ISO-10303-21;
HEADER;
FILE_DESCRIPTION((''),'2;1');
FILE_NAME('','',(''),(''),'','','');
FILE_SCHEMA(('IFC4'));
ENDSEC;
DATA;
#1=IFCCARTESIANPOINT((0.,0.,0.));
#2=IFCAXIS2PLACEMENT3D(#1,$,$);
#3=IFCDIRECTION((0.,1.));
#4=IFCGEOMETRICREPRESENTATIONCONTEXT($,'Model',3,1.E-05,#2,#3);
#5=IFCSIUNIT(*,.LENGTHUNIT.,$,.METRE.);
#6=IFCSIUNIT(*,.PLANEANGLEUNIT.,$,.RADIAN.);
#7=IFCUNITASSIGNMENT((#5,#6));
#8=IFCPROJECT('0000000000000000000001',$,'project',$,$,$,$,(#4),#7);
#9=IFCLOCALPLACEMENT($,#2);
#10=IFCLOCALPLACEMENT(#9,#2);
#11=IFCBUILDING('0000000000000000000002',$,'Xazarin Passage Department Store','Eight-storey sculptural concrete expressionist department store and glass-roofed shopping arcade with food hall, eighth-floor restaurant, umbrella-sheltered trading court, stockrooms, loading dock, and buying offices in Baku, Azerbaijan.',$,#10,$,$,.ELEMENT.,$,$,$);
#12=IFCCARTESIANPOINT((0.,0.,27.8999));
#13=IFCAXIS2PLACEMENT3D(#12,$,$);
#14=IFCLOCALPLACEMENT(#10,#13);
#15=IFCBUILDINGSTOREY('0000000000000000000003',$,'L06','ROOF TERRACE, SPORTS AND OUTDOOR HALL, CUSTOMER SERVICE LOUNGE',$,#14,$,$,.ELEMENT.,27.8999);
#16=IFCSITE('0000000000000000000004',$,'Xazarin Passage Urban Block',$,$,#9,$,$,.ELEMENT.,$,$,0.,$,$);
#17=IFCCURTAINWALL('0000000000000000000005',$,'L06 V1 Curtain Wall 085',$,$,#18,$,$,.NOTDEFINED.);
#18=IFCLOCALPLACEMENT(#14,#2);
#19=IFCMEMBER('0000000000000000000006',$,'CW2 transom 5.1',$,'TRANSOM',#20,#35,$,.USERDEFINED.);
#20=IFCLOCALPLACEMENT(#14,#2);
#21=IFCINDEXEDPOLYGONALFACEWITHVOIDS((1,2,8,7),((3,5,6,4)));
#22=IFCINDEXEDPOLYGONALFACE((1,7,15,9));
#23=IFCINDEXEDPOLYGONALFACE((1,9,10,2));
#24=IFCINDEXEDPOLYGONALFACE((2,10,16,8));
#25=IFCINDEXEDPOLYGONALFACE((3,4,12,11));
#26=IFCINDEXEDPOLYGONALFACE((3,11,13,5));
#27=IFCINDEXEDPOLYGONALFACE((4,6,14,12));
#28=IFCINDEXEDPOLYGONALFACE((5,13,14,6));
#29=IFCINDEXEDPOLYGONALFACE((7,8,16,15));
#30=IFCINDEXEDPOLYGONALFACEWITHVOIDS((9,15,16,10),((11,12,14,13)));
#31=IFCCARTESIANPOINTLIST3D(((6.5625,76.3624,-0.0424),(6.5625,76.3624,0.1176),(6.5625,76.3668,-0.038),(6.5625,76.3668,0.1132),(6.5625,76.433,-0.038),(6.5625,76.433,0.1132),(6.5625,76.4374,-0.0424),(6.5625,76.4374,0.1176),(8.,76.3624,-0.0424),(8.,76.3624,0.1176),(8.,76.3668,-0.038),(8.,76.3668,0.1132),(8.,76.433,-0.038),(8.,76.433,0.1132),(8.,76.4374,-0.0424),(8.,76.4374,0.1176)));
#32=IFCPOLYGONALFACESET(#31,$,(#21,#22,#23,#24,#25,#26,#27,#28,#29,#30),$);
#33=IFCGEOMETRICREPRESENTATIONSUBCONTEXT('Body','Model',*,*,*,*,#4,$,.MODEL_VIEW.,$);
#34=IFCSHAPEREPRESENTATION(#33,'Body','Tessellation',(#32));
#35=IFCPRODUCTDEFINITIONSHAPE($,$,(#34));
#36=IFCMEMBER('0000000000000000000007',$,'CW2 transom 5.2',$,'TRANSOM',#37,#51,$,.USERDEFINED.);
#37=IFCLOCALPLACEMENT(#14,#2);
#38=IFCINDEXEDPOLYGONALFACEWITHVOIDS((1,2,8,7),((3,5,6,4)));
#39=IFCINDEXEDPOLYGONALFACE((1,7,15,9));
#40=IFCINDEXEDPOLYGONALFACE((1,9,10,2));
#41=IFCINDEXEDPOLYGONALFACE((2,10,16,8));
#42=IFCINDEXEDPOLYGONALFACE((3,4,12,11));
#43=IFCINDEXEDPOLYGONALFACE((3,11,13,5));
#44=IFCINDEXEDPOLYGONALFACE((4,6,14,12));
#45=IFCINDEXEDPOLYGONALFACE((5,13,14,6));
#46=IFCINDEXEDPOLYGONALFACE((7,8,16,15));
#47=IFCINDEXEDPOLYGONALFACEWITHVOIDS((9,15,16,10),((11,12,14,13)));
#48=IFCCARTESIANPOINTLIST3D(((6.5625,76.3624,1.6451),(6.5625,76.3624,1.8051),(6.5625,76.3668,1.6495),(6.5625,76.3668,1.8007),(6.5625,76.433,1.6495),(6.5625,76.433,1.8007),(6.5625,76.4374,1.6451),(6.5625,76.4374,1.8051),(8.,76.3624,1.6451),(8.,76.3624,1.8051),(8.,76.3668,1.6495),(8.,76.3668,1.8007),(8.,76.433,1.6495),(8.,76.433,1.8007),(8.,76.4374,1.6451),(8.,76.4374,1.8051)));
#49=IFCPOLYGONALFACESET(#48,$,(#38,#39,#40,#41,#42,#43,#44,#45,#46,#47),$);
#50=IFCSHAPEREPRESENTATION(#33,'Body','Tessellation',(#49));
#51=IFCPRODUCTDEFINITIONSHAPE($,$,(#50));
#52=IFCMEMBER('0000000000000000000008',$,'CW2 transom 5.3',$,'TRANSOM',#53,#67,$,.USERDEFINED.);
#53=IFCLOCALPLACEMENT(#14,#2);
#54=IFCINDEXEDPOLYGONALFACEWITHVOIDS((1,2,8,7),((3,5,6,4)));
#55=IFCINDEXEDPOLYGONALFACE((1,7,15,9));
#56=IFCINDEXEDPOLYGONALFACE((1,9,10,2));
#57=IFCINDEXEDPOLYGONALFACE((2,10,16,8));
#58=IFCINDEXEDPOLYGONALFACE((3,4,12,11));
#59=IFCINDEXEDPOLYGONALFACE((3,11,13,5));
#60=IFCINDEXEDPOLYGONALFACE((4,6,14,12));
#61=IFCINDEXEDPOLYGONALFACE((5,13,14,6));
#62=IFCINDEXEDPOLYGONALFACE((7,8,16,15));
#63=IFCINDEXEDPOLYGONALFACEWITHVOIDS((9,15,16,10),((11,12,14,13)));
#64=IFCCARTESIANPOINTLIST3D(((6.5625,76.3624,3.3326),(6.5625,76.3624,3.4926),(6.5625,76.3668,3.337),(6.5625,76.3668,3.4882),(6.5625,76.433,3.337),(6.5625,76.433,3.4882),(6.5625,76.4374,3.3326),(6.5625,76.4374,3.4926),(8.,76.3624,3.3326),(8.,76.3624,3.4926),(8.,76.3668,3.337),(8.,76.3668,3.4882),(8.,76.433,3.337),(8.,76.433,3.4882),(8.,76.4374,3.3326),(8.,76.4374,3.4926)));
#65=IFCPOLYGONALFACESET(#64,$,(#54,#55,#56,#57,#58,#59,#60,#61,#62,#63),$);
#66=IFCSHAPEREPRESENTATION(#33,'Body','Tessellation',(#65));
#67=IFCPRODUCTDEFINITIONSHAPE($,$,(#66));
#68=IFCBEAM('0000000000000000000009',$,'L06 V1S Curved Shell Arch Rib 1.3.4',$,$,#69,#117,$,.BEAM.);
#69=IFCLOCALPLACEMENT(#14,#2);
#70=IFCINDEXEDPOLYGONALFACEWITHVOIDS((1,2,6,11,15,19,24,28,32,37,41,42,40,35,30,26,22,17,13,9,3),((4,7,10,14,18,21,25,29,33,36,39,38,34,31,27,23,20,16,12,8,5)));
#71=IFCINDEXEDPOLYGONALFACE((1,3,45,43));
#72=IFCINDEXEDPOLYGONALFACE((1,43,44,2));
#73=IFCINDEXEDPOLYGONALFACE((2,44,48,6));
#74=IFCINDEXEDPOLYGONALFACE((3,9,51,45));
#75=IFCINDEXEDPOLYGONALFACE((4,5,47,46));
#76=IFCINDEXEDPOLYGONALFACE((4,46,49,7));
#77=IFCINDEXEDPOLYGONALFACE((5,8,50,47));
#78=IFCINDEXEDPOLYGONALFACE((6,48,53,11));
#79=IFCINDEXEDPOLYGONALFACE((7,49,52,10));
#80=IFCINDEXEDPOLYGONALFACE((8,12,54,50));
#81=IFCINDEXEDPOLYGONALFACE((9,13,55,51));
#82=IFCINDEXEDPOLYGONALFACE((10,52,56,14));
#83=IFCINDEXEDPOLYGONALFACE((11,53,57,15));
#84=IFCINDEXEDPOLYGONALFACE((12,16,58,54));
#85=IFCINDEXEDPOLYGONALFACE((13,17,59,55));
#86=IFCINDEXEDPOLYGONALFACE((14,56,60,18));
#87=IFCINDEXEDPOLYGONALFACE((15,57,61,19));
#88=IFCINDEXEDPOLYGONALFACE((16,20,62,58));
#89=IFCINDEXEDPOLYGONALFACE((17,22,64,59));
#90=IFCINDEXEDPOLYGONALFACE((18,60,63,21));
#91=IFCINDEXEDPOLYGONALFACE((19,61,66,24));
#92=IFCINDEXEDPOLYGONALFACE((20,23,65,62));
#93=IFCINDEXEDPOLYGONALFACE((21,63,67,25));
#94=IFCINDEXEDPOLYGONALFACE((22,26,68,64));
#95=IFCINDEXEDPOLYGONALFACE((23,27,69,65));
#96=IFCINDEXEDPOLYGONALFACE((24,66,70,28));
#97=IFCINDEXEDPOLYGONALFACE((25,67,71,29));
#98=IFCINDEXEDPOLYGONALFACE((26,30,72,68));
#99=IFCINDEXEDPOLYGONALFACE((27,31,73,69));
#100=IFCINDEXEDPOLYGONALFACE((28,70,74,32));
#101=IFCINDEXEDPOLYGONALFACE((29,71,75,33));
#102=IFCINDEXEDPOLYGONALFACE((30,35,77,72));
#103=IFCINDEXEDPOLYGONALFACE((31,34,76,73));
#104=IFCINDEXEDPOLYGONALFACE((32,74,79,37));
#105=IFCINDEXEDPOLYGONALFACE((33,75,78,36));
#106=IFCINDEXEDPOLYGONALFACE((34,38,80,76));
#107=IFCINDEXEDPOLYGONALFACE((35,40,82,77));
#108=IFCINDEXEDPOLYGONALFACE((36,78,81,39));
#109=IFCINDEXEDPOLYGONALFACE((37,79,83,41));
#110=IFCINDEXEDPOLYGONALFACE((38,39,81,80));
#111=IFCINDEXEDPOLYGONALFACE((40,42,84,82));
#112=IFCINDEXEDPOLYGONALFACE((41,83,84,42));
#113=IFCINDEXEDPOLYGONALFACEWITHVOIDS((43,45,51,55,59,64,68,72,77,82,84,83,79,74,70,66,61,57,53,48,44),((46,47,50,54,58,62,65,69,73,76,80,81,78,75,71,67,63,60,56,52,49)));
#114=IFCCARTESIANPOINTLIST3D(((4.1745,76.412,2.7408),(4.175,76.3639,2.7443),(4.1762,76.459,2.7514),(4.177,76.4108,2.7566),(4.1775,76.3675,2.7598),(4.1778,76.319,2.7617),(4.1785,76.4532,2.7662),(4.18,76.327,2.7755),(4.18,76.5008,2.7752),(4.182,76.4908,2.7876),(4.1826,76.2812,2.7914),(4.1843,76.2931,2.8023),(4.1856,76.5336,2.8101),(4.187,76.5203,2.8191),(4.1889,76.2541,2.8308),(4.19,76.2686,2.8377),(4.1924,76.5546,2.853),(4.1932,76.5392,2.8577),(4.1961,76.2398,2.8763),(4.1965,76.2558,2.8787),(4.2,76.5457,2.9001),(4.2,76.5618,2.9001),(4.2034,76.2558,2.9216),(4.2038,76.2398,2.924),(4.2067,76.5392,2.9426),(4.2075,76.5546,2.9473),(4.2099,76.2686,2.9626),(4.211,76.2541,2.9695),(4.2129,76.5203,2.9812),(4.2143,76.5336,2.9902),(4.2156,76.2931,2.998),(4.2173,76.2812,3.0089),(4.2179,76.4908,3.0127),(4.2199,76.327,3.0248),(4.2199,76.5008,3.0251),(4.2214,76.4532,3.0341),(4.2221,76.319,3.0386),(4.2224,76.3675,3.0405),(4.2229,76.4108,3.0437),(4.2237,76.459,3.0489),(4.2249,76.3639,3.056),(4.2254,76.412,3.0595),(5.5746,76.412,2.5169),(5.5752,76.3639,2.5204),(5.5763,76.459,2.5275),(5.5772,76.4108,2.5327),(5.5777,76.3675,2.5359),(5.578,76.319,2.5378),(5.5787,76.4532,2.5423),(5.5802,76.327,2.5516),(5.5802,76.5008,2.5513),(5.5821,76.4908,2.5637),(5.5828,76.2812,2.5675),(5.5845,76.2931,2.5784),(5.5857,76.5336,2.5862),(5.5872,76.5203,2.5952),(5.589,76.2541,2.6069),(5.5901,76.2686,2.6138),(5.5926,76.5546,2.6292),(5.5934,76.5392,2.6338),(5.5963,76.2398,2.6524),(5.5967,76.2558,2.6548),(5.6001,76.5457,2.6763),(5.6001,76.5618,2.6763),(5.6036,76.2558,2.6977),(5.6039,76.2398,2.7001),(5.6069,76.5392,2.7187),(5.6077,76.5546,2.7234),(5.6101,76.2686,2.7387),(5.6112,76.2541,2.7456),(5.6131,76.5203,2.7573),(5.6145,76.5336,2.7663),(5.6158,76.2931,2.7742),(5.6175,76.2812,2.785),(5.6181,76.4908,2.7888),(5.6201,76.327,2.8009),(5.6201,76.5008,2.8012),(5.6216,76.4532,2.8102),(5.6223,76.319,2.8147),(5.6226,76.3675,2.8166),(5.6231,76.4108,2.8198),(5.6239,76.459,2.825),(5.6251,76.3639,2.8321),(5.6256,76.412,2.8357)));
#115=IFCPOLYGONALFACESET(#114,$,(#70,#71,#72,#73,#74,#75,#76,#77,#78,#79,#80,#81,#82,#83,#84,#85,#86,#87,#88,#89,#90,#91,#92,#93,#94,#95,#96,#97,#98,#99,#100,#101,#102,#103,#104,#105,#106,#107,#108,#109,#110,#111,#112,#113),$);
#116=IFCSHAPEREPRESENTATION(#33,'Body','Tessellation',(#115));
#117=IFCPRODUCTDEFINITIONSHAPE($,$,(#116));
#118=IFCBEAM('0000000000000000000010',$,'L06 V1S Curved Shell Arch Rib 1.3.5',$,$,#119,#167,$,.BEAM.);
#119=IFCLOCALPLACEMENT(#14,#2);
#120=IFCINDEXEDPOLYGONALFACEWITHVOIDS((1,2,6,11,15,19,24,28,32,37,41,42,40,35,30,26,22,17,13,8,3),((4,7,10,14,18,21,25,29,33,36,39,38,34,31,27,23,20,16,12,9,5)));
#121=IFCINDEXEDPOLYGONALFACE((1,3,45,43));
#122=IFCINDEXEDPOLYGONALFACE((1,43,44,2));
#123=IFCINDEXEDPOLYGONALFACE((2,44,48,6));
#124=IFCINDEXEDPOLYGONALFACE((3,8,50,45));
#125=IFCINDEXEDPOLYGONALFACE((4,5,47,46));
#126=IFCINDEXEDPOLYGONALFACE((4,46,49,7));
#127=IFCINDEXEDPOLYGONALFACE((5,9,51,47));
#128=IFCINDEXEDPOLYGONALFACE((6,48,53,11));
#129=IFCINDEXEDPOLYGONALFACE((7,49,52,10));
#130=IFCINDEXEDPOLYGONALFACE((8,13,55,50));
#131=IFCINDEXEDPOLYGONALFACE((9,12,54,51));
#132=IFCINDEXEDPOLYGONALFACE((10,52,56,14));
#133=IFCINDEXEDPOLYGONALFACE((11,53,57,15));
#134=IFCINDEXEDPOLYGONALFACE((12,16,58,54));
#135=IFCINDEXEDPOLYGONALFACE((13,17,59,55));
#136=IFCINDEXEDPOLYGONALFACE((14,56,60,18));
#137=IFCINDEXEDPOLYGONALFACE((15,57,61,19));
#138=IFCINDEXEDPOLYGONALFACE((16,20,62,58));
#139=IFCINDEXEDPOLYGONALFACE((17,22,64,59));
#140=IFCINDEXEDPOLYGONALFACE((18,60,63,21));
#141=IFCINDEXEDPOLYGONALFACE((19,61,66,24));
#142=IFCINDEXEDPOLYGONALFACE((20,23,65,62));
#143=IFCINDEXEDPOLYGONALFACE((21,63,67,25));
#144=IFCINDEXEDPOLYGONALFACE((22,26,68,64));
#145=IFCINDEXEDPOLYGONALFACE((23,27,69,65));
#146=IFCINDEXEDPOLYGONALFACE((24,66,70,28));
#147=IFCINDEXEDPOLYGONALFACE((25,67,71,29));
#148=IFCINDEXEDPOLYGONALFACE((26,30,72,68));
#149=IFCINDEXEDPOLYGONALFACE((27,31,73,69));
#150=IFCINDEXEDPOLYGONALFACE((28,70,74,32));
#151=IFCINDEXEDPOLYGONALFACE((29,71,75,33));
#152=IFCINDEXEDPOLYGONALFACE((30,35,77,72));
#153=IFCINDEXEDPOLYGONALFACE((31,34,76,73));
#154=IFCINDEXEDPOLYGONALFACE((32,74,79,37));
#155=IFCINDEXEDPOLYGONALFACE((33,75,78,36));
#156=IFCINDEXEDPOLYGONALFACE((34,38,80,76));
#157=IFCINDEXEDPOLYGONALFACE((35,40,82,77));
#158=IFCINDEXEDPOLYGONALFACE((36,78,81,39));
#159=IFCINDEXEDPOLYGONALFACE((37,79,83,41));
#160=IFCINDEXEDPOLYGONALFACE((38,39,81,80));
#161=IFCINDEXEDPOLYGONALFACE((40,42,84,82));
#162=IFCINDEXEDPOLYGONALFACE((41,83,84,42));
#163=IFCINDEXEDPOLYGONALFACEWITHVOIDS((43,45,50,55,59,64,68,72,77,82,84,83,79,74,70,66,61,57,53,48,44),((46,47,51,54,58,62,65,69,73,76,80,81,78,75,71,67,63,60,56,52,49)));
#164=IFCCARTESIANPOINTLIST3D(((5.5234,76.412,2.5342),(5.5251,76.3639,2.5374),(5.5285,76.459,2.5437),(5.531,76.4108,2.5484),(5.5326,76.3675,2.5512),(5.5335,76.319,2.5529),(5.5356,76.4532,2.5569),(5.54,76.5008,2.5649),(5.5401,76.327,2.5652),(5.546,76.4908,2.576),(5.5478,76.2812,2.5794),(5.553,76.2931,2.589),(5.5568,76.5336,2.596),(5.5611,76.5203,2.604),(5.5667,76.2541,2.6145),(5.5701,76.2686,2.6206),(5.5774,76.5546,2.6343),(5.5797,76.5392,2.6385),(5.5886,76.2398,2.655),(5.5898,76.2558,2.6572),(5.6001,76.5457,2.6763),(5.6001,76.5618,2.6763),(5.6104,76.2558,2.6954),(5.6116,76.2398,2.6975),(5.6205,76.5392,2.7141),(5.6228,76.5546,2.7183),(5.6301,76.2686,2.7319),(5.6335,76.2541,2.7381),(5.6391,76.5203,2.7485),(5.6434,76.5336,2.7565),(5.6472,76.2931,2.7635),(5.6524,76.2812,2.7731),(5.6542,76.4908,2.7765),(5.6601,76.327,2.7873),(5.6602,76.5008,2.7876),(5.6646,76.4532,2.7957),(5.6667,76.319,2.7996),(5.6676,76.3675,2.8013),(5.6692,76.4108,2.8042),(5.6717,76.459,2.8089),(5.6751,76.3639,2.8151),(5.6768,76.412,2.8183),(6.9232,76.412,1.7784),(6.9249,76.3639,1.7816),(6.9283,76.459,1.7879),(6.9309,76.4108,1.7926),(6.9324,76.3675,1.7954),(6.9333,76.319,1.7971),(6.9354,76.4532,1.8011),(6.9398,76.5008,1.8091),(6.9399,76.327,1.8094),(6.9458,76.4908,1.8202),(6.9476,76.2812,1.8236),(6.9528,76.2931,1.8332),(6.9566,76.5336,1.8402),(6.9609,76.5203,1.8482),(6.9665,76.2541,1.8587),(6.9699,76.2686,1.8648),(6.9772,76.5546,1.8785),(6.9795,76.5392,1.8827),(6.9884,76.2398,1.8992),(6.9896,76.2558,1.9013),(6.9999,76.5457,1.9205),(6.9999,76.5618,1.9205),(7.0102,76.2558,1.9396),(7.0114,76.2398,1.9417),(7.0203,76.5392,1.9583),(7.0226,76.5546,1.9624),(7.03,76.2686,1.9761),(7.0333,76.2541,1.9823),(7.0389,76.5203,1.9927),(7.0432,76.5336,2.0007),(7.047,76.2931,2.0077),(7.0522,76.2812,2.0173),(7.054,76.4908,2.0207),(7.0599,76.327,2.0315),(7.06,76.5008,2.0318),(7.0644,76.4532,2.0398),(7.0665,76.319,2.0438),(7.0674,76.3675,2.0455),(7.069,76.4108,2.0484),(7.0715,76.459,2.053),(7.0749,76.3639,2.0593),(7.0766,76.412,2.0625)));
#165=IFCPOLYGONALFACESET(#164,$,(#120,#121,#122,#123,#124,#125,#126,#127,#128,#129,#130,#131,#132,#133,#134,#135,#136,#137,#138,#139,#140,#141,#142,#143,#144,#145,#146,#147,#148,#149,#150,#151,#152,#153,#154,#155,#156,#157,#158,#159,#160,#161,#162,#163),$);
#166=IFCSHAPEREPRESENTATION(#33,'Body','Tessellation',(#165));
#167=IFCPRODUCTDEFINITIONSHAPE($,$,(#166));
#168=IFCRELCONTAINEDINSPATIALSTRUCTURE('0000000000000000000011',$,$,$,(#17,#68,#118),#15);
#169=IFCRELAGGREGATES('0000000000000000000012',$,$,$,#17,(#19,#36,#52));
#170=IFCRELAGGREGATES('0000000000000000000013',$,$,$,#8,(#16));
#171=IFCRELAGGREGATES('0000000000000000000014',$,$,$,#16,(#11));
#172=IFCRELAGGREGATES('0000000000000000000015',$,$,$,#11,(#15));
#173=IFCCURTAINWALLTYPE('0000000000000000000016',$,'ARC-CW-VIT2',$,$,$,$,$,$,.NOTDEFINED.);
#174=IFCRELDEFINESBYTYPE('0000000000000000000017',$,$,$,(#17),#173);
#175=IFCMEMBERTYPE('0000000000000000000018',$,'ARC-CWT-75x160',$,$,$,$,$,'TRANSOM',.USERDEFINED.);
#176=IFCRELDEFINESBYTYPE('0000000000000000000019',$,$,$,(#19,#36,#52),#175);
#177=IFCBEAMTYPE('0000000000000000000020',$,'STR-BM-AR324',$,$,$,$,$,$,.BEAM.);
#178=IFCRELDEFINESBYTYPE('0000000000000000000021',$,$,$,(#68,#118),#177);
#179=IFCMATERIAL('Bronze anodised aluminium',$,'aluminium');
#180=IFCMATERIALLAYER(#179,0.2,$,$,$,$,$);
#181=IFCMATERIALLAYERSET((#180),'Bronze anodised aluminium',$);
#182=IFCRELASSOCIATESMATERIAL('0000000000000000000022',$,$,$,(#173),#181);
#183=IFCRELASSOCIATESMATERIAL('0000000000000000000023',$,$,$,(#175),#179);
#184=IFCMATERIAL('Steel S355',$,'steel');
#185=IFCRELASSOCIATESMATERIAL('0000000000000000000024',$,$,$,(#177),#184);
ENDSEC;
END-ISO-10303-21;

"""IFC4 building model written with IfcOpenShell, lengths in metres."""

from ifc_helpers import new_model, si_unit, direction, frame, origin, origin_2d, place, context, subcontext, project, spatial, hollow_rectangle, hollow_circle, extrude, material, layer, layer_set, material_profile, profile_set, type_object, element, aggregate, save


model = new_model("IFC4")

# Units and contexts
model_context = context("Model", 3, precision=1e-05, world=origin(), true_north=direction((0.0, 1.0)))
body_context = subcontext(model_context, "Body", "Model", "MODEL_VIEW")
ifc_project = project(units=[si_unit("LENGTHUNIT", "METRE"), si_unit("PLANEANGLEUNIT", "RADIAN")], contexts=[model_context])

# Site, building, storey
site_placement = place(None, origin())
site = spatial("IfcSite", under=ifc_project, at=site_placement, Name="Xazarin Passage Urban Block", CompositionType="ELEMENT", RefElevation=0.0)
building_placement = place(site_placement, origin())
building = spatial("IfcBuilding", under=site, at=building_placement, Name="Xazarin Passage Department Store", Description="Eight-storey sculptural concrete expressionist department store and glass-roofed shopping arcade with food hall, eighth-floor restaurant, umbrella-sheltered trading court, stockrooms, loading dock, and buying offices in Baku, Azerbaijan.", CompositionType="ELEMENT")
storey_placement = place(building_placement, frame((0.0, 0.0, 27.8999)))
storey = spatial("IfcBuildingStorey", under=building, at=storey_placement, Name="L06", Description="ROOF TERRACE, SPORTS AND OUTDOOR HALL, CUSTOMER SERVICE LOUNGE", CompositionType="ELEMENT", Elevation=27.8999)

# Curtain wall, members
ifc_material_1 = material(Name="Bronze anodised aluminium", Category="aluminium")
ifc_layer_1 = layer(ifc_material_1, 0.2)
ifc_layer_set_1 = layer_set([ifc_layer_1], Name="Bronze anodised aluminium")
curtain_wall_type = type_object("IfcCurtainWallType", Name="ARC-CW-VIT2", PredefinedType="NOTDEFINED", material=ifc_layer_set_1)
curtain_wall_placement = place(storey_placement, origin())
curtain_wall = element("IfcCurtainWall", 1, at=curtain_wall_placement, inside=storey, type_object=curtain_wall_type, Name="L06 V1 Curtain Wall 085", PredefinedType="NOTDEFINED")
ifc_material_profile_1 = material_profile(ifc_material_1, hollow_rectangle(XDim=0.075, YDim=0.1599, WallThickness=0.0044, at=origin_2d()), Name="ALU 75x160")
ifc_profile_set_1 = profile_set([ifc_material_profile_1], Name="Bronze anodised aluminium")
member_type_1 = type_object("IfcMemberType", Name="ARC-CWT-75x160", ElementType="TRANSOM", PredefinedType="USERDEFINED", material=ifc_profile_set_1)
member_1_placement = place(storey_placement, frame((6.5625, 76.3999, 0.0376), z_axis=(1.0, 0.0, 0.0), x_axis=(0.0, 1.0, 0.0)))
member_1 = element("IfcMember", 2, at=member_1_placement, type_object=member_type_1, Name="CW2 transom 5.1", ObjectType="TRANSOM", PredefinedType="USERDEFINED", context=body_context, shape_type="SweptSolid", body=[
    extrude(hollow_rectangle(XDim=0.075, YDim=0.1599, WallThickness=0.0044, at=origin_2d()), origin(), (0.0, 0.0, 1.0), 1.4375),
])
member_2_placement = place(storey_placement, frame((6.5625, 76.3999, 1.7251), z_axis=(1.0, 0.0, 0.0), x_axis=(0.0, 1.0, 0.0)))
member_2 = element("IfcMember", 3, at=member_2_placement, type_object=member_type_1, Name="CW2 transom 5.2", ObjectType="TRANSOM", PredefinedType="USERDEFINED", context=body_context, shape_type="SweptSolid", body=[
    extrude(hollow_rectangle(XDim=0.075, YDim=0.1599, WallThickness=0.0044, at=origin_2d()), origin(), (0.0, 0.0, 1.0), 1.4375),
])
member_3_placement = place(storey_placement, frame((6.5625, 76.3999, 3.4126), z_axis=(1.0, 0.0, 0.0), x_axis=(0.0, 1.0, 0.0)))
member_3 = element("IfcMember", 4, at=member_3_placement, type_object=member_type_1, Name="CW2 transom 5.3", ObjectType="TRANSOM", PredefinedType="USERDEFINED", context=body_context, shape_type="SweptSolid", body=[
    extrude(hollow_rectangle(XDim=0.075, YDim=0.1599, WallThickness=0.0044, at=origin_2d()), origin(), (0.0, 0.0, 1.0), 1.4375),
])

# Beams
ifc_material_2 = material(Name="Steel S355", Category="steel")
ifc_material_profile_2 = material_profile(ifc_material_2, hollow_circle(Radius=0.1619, WallThickness=0.0161, at=origin_2d()), Name="CHS 323.9x16")
ifc_profile_set_2 = profile_set([ifc_material_profile_2], Name="Steel S355")
beam_type_1 = type_object("IfcBeamType", Name="STR-BM-AR324", PredefinedType="BEAM", material=ifc_profile_set_2)
beam_1_placement = place(storey_placement, frame((4.2, 76.3999, 2.9001), z_axis=(0.987457, 0.0, -0.15789), x_axis=(0.0, 1.0, 0.0)))
element("IfcBeam", 5, at=beam_1_placement, inside=storey, type_object=beam_type_1, Name="L06 V1S Curved Shell Arch Rib 1.3.4", PredefinedType="BEAM", context=body_context, shape_type="SweptSolid", body=[
    extrude(hollow_circle(Radius=0.1619, WallThickness=0.0161, at=origin_2d()), origin(), (0.0, 0.0, 1.0), 1.418),
])
beam_2_placement = place(storey_placement, frame((5.6001, 76.3999, 2.6763), z_axis=(0.879928, 0.0, -0.475106), x_axis=(0.0, 1.0, 0.0)))
element("IfcBeam", 6, at=beam_2_placement, inside=storey, type_object=beam_type_1, Name="L06 V1S Curved Shell Arch Rib 1.3.5", PredefinedType="BEAM", context=body_context, shape_type="SweptSolid", body=[
    extrude(hollow_circle(Radius=0.1619, WallThickness=0.0161, at=origin_2d()), origin(), (0.0, 0.0, 1.0), 1.5908),
])

aggregate(curtain_wall, [member_1, member_2, member_3])

save(model, "model.ifc")
